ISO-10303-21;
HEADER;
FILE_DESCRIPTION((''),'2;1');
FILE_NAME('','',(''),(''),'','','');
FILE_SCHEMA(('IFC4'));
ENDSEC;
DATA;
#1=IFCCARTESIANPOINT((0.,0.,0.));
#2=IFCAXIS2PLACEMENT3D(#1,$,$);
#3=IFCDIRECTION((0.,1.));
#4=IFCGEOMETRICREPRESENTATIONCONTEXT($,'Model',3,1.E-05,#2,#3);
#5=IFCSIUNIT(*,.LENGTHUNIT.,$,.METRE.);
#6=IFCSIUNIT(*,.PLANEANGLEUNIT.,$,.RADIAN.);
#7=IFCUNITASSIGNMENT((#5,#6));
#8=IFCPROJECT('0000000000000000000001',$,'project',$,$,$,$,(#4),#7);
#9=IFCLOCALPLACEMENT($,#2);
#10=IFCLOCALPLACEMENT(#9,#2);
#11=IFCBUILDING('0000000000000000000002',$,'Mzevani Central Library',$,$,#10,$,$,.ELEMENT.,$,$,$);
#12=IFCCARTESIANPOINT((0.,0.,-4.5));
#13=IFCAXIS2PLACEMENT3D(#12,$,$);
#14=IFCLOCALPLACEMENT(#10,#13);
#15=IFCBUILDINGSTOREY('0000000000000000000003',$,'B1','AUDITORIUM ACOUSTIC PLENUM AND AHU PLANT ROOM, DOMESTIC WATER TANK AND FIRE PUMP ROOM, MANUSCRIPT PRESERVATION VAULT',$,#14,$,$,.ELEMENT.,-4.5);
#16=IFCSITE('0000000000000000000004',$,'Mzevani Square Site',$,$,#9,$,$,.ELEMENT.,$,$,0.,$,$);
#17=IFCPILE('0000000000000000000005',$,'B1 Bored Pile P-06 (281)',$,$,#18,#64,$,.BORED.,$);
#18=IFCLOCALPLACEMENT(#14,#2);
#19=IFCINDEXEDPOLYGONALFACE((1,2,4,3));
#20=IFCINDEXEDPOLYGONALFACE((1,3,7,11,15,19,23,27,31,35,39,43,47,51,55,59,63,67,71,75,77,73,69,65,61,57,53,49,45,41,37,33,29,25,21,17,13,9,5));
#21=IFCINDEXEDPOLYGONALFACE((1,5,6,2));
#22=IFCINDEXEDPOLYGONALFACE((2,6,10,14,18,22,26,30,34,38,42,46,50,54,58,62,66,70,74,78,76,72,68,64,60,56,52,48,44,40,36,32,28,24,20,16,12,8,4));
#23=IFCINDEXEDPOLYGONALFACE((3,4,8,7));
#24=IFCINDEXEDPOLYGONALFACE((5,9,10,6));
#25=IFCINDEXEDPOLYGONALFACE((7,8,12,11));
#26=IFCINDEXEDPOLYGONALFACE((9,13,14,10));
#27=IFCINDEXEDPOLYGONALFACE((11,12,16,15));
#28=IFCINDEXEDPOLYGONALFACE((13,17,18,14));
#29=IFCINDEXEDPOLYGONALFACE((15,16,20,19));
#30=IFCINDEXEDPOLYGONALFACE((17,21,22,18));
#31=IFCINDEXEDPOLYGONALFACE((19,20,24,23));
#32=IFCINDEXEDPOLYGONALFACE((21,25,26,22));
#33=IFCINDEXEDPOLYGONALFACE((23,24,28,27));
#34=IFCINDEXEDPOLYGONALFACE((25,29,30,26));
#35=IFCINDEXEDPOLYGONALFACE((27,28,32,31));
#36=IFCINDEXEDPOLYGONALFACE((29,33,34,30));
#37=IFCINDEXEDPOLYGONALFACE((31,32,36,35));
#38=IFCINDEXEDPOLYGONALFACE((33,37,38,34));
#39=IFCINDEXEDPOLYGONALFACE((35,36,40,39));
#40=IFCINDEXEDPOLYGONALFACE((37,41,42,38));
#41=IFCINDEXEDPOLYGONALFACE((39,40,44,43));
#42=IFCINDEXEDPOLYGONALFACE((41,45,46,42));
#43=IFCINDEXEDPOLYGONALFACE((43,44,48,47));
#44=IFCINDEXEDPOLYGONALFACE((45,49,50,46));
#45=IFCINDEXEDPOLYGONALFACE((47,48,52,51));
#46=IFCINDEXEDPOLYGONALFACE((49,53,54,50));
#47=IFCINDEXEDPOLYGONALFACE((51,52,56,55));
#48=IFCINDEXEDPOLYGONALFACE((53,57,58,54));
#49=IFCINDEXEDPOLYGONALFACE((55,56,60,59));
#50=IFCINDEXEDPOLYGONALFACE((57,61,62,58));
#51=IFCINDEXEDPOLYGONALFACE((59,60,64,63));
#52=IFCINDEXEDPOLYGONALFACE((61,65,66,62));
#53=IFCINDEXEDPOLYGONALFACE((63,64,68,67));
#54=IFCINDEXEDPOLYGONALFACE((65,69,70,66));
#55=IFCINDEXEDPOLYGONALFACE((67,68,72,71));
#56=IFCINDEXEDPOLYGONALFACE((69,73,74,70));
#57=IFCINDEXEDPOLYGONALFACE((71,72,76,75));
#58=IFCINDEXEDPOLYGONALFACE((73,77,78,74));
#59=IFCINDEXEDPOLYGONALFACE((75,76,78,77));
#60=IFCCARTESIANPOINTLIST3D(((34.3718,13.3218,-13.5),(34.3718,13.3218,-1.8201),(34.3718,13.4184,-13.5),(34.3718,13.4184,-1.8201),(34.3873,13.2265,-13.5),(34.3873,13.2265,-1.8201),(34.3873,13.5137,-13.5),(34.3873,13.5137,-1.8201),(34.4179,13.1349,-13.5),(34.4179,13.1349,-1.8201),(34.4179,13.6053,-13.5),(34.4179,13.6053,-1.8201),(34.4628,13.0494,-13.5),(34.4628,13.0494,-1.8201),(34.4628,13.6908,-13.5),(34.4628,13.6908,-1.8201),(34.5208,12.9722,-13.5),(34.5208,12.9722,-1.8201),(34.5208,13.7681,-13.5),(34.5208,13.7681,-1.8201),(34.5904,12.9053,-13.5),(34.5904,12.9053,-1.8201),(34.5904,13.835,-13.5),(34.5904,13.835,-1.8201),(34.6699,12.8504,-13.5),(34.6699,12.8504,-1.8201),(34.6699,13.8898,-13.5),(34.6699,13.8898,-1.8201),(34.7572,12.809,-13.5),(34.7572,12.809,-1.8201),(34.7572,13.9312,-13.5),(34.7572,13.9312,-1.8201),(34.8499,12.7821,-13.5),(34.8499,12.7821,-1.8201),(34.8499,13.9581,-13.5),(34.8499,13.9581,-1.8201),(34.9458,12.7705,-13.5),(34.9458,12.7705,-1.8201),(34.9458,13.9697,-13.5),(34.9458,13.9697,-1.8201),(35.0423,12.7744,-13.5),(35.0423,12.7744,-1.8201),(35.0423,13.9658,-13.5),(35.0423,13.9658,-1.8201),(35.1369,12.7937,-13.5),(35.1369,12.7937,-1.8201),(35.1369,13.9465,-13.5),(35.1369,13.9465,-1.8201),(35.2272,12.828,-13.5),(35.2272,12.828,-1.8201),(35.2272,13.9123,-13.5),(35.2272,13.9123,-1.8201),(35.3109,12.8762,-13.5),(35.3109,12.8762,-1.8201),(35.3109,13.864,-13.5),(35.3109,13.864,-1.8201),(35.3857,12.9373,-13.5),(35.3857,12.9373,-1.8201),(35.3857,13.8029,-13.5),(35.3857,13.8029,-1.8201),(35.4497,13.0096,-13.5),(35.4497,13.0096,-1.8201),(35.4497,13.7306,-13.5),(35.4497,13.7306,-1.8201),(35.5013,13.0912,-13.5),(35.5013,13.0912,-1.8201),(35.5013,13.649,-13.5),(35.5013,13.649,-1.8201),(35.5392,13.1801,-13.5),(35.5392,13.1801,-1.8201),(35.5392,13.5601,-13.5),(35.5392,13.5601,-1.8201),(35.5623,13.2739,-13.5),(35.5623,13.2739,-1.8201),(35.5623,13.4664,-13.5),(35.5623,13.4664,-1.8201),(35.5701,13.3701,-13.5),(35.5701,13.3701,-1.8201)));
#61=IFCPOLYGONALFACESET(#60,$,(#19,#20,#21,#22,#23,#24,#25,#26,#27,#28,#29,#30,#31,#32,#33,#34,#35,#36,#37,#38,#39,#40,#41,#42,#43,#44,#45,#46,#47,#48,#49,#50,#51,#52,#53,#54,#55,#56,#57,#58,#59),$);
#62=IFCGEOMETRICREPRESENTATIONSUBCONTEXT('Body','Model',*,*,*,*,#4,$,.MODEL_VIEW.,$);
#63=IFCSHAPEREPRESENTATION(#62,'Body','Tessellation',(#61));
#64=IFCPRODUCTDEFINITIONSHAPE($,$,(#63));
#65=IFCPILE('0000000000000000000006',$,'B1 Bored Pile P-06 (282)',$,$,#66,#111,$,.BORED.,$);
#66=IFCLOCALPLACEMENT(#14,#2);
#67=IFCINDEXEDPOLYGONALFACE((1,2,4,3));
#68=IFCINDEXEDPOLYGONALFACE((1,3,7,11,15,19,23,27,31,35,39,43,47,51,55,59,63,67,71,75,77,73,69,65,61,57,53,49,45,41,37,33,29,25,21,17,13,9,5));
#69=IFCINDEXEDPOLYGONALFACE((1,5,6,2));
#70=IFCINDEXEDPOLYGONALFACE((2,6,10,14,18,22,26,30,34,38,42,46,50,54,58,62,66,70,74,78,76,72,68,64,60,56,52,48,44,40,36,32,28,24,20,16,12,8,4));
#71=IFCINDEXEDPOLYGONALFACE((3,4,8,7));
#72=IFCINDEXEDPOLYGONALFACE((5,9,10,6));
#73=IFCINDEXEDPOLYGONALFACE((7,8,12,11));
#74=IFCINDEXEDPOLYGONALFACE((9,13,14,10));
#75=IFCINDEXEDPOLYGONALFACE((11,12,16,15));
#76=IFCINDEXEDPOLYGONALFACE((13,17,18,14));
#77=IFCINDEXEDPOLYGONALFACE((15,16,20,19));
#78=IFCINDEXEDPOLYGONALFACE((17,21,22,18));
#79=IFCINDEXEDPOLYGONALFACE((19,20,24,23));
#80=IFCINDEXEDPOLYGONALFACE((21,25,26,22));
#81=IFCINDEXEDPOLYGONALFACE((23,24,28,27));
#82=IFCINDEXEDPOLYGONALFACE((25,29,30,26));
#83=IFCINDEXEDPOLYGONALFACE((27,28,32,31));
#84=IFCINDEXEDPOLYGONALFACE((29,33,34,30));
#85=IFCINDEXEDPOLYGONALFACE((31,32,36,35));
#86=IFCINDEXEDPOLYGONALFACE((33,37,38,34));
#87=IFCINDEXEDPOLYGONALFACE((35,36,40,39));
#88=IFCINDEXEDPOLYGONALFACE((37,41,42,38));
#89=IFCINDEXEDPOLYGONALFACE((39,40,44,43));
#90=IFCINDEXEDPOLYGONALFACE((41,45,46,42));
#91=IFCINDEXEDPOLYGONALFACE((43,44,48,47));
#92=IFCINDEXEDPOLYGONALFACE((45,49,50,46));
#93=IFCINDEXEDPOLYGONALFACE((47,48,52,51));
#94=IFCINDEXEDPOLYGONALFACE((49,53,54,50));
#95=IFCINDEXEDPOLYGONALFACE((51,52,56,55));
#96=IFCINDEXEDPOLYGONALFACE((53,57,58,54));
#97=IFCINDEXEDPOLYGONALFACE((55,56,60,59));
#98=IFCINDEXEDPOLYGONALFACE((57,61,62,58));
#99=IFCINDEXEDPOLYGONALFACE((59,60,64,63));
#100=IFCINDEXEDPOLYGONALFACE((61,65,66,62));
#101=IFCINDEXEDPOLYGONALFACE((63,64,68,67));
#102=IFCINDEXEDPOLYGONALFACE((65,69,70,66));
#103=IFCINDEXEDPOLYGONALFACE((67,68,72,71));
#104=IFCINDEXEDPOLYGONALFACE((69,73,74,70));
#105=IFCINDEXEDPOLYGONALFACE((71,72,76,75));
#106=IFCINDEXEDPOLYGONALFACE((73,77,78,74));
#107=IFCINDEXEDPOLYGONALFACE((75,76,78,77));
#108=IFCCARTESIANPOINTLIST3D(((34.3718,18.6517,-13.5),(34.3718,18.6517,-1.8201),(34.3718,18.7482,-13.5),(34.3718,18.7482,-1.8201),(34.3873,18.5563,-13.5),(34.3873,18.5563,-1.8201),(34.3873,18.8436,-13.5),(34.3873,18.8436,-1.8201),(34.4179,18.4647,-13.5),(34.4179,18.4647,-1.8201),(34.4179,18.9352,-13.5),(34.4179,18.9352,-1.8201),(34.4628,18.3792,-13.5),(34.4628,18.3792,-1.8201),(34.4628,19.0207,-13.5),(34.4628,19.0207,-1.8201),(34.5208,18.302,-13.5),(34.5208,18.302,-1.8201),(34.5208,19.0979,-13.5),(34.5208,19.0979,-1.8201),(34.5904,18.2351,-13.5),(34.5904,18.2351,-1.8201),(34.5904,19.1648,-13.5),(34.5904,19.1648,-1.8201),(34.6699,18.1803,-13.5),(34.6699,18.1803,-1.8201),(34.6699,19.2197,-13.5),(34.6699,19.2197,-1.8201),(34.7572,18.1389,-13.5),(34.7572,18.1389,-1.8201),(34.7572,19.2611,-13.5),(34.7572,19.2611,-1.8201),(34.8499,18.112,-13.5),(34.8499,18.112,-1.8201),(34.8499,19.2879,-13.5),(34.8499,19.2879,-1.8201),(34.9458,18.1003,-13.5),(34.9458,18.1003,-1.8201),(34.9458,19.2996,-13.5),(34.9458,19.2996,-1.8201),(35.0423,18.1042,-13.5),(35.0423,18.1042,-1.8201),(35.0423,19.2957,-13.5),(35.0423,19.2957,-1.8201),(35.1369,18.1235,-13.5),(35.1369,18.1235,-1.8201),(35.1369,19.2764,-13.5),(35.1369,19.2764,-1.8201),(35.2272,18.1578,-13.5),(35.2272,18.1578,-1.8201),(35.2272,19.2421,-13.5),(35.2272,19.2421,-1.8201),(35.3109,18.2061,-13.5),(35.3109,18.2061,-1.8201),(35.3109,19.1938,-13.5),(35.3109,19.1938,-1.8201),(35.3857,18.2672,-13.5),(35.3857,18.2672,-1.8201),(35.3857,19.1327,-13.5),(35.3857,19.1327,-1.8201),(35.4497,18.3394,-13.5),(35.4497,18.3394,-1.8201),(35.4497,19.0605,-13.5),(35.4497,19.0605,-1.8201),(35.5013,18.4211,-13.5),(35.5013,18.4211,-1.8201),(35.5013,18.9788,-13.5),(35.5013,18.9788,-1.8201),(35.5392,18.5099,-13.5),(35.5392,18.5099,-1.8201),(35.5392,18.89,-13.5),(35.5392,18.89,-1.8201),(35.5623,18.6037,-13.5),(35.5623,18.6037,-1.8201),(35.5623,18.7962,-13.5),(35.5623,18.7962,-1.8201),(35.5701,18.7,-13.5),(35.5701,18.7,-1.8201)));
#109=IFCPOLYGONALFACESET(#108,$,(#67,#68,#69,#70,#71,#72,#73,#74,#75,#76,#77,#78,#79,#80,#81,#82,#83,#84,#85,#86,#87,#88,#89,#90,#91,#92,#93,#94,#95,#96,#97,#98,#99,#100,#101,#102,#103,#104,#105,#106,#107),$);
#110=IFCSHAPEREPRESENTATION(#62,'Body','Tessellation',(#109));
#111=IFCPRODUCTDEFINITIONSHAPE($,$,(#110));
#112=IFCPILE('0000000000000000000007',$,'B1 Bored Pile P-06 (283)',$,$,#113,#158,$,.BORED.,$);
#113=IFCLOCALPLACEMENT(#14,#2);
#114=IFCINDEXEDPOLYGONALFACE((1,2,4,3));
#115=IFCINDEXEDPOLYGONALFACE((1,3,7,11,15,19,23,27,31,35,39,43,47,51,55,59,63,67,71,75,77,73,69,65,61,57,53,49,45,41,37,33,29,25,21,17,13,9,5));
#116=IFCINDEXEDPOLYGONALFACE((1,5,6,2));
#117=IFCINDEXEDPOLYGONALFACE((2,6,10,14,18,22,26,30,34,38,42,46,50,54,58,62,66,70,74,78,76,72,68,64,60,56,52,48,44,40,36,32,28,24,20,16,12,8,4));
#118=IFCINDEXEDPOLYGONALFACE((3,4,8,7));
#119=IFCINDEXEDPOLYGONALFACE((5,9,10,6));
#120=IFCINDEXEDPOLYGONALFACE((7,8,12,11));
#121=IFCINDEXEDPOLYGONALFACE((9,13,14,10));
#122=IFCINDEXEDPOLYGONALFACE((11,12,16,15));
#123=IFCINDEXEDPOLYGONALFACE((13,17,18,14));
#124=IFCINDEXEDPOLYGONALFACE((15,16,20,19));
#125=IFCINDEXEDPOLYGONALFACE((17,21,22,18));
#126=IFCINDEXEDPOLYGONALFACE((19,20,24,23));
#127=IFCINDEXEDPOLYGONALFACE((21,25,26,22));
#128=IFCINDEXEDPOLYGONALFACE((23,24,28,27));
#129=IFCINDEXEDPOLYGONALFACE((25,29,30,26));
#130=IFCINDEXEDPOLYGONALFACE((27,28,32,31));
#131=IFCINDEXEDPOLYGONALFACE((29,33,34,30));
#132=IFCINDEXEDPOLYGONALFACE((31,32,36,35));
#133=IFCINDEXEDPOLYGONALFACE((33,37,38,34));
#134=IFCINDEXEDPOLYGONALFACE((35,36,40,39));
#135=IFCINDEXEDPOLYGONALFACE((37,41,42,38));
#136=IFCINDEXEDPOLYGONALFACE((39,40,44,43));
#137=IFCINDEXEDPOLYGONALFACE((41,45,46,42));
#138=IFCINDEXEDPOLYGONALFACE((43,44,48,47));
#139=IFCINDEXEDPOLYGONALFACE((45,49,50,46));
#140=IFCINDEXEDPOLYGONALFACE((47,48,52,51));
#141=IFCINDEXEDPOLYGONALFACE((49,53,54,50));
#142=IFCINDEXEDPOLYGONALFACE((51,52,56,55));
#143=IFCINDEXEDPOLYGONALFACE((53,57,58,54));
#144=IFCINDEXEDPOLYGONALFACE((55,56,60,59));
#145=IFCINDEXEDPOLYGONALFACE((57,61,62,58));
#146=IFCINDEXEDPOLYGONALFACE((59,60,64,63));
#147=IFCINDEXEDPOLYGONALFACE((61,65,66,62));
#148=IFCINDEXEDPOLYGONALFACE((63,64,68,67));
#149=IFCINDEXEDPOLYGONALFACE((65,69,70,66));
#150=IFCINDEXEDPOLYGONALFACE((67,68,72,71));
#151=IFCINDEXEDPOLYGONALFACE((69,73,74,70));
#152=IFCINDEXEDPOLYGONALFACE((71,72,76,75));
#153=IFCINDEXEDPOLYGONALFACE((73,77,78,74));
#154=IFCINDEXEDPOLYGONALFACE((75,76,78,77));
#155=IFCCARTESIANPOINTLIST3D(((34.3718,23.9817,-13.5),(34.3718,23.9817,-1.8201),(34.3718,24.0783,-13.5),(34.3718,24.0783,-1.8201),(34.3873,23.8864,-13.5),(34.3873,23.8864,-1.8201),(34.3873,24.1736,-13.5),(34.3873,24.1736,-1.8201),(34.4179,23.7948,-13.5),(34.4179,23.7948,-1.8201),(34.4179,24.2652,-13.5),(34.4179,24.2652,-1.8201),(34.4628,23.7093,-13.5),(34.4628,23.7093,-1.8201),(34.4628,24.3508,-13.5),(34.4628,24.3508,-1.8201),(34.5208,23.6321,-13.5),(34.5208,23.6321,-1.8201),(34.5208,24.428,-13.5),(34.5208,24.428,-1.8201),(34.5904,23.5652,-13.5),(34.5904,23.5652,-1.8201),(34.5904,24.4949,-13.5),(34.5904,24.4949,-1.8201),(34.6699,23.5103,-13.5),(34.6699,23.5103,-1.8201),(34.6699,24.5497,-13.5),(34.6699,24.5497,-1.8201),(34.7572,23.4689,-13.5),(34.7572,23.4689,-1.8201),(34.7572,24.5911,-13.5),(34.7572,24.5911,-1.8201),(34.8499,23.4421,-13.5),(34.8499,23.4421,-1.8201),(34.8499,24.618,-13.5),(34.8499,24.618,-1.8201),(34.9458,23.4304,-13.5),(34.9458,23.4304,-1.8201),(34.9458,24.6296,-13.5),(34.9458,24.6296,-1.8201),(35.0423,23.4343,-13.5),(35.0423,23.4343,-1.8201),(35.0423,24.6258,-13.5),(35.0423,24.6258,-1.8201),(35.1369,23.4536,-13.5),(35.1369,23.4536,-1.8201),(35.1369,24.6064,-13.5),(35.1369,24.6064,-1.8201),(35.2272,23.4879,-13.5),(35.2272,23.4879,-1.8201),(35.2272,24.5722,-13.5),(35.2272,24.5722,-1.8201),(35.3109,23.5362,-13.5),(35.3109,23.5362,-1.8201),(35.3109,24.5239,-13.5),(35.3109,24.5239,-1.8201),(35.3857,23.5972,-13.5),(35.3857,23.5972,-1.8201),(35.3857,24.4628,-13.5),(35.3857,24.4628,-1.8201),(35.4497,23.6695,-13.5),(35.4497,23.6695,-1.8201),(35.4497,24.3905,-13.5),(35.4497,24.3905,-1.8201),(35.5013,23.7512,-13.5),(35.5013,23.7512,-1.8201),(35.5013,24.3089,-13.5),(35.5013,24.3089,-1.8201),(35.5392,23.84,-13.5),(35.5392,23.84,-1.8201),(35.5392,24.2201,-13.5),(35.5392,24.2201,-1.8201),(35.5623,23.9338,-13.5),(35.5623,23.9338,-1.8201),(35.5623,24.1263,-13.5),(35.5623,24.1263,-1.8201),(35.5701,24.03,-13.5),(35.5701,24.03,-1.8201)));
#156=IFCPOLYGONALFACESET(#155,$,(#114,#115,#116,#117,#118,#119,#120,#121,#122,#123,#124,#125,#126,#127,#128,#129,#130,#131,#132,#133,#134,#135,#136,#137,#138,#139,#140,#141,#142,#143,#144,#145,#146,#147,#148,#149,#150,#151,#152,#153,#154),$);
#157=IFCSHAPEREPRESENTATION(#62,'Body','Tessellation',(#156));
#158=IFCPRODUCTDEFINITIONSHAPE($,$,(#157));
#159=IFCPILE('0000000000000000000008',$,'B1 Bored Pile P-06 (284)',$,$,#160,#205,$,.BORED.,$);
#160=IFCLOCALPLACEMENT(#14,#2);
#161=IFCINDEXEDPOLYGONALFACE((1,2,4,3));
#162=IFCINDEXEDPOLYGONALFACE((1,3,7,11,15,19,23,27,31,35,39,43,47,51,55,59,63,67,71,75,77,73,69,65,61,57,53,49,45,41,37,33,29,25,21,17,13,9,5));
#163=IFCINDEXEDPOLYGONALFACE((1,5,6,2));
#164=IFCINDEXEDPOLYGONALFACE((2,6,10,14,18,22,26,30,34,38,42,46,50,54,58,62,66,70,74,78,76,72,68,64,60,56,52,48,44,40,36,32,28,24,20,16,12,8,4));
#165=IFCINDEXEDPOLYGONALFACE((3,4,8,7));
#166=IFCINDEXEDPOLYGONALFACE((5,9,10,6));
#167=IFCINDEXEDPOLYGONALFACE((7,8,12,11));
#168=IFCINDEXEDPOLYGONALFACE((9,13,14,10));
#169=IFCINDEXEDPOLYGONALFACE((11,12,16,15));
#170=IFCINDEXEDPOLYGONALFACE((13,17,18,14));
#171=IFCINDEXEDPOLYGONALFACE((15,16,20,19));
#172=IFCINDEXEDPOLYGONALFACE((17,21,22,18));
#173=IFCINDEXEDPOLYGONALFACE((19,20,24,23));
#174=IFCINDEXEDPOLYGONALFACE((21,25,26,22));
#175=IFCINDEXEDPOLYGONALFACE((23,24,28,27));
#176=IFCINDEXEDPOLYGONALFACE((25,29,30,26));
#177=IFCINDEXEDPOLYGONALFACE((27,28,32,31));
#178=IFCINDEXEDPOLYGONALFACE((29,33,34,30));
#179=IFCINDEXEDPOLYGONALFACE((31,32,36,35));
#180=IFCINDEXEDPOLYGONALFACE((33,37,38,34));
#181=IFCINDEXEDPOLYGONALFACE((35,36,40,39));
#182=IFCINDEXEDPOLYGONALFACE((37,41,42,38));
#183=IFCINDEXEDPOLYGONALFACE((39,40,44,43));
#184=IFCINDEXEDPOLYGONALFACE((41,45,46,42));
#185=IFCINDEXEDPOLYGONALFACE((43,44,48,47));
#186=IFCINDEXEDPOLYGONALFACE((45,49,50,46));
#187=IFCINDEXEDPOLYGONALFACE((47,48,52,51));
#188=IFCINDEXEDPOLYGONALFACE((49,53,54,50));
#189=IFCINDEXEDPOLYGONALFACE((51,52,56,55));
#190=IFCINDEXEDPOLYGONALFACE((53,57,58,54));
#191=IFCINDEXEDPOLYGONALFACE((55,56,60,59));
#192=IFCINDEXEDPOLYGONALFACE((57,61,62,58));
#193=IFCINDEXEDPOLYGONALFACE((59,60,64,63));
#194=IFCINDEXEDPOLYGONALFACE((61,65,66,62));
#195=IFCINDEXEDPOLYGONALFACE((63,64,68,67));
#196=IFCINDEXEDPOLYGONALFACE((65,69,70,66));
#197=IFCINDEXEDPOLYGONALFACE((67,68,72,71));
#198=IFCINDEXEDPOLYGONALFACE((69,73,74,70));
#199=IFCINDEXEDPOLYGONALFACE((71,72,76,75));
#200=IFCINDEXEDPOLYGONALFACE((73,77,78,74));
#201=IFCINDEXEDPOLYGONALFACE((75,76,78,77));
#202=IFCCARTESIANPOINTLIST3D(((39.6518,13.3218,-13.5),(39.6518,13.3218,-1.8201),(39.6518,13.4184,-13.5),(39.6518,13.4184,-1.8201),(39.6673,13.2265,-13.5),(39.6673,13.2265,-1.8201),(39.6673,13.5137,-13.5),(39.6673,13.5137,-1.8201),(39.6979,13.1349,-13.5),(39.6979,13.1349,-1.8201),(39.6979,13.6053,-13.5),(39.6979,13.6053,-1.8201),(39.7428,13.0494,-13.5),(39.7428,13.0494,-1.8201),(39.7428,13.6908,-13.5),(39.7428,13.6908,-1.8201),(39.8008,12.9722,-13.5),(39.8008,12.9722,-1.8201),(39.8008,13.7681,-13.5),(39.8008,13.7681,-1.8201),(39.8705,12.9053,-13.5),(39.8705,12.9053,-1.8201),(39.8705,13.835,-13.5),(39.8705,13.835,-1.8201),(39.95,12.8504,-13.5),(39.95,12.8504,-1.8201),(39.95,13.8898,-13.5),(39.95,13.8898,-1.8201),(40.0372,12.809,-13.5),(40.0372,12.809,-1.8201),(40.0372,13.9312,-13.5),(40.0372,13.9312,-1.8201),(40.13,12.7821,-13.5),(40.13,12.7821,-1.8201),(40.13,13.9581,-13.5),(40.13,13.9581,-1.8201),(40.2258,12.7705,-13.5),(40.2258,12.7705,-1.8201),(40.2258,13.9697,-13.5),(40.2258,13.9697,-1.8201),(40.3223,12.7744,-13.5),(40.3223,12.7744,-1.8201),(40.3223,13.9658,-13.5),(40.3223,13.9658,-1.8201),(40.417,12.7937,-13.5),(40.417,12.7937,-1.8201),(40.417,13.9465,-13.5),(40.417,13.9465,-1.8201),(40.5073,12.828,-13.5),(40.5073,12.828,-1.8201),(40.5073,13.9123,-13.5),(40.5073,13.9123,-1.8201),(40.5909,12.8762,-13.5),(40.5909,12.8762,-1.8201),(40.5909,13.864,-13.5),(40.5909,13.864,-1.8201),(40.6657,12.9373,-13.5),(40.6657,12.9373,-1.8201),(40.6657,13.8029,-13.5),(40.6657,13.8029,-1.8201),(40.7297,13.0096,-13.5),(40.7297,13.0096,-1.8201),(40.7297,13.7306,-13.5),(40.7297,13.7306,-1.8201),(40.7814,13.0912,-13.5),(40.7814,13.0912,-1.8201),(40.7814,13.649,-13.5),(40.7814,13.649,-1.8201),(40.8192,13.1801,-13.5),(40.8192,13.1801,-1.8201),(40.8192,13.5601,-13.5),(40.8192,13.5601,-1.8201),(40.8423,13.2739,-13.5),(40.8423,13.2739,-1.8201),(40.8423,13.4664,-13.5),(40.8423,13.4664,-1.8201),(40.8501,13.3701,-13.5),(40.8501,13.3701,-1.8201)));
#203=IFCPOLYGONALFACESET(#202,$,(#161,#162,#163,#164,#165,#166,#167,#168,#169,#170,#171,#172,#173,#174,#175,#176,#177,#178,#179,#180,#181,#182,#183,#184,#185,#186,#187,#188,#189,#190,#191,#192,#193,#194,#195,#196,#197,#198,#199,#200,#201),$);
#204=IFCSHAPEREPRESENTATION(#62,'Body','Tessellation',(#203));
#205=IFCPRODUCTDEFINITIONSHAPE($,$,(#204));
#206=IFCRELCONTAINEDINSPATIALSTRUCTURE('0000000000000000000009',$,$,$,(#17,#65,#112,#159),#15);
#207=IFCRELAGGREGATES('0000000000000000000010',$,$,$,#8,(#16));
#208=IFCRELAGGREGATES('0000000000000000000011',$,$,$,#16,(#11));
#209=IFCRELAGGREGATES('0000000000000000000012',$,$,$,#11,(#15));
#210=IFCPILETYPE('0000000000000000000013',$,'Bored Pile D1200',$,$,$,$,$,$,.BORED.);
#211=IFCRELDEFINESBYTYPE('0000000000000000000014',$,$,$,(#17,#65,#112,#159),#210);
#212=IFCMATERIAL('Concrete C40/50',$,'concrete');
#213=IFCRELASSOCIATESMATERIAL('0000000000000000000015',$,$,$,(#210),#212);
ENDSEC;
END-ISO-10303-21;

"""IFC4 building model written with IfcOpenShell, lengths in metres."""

from ifc_helpers import new_model, si_unit, direction, frame, origin, origin_2d, place, context, subcontext, project, spatial, circle, extrude, material, material_profile, profile_set, type_object, element, save


model = new_model("IFC4")

# Units and contexts
model_context = context("Model", 3, precision=1e-05, world=origin(), true_north=direction((0.0, 1.0)))
body_context = subcontext(model_context, "Body", "Model", "MODEL_VIEW")
ifc_project = project(units=[si_unit("LENGTHUNIT", "METRE"), si_unit("PLANEANGLEUNIT", "RADIAN")], contexts=[model_context])

# Site, building, storey
site_placement = place(None, origin())
site = spatial("IfcSite", under=ifc_project, at=site_placement, Name="Mzevani Square Site", CompositionType="ELEMENT", RefElevation=0.0)
building_placement = place(site_placement, origin())
building = spatial("IfcBuilding", under=site, at=building_placement, Name="Mzevani Central Library", CompositionType="ELEMENT")
storey_placement = place(building_placement, frame((0.0, 0.0, -4.5)))
storey = spatial("IfcBuildingStorey", under=building, at=storey_placement, Name="B1", Description="AUDITORIUM ACOUSTIC PLENUM AND AHU PLANT ROOM, DOMESTIC WATER TANK AND FIRE PUMP ROOM, MANUSCRIPT PRESERVATION VAULT", CompositionType="ELEMENT", Elevation=-4.5)

# Piles
ifc_material_1 = material(Name="Concrete C40/50", Category="concrete")
ifc_material_profile_1 = material_profile(ifc_material_1, circle(Radius=0.6001, at=origin_2d()), Name="PILE D1200")
ifc_profile_set_1 = profile_set([ifc_material_profile_1], Name="Concrete C40/50")
pile_type_1 = type_object("IfcPileType", Name="Bored Pile D1200", PredefinedType="BORED", material=ifc_profile_set_1)
for number, where, z_axis, x_axis, name in (
    (1, (34.97, 13.3701, -1.8201), (0.0, 0.0, -1.0), (1.0, 0.0, 0.0), "B1 Bored Pile P-06 (281)"),
    (2, (34.97, 18.7, -1.8201), (0.0, 0.0, -1.0), (1.0, 0.0, 0.0), "B1 Bored Pile P-06 (282)"),
    (3, (34.97, 24.03, -1.8201), (0.0, 0.0, -1.0), (1.0, 0.0, 0.0), "B1 Bored Pile P-06 (283)"),
    (4, (40.25, 13.3701, -1.8201), (0.0, 0.0, -1.0), (1.0, 0.0, 0.0), "B1 Bored Pile P-06 (284)"),
):
    element("IfcPile", number, at=place(storey_placement, frame(where, z_axis=z_axis, x_axis=x_axis)), inside=storey, type_object=pile_type_1, Name=name, PredefinedType="BORED", context=body_context, shape_type="SweptSolid", body=[
        extrude(circle(Radius=0.6001, at=origin_2d()), origin(), (0.0, 0.0, 1.0), 11.6799),
    ])

save(model, "model.ifc")
